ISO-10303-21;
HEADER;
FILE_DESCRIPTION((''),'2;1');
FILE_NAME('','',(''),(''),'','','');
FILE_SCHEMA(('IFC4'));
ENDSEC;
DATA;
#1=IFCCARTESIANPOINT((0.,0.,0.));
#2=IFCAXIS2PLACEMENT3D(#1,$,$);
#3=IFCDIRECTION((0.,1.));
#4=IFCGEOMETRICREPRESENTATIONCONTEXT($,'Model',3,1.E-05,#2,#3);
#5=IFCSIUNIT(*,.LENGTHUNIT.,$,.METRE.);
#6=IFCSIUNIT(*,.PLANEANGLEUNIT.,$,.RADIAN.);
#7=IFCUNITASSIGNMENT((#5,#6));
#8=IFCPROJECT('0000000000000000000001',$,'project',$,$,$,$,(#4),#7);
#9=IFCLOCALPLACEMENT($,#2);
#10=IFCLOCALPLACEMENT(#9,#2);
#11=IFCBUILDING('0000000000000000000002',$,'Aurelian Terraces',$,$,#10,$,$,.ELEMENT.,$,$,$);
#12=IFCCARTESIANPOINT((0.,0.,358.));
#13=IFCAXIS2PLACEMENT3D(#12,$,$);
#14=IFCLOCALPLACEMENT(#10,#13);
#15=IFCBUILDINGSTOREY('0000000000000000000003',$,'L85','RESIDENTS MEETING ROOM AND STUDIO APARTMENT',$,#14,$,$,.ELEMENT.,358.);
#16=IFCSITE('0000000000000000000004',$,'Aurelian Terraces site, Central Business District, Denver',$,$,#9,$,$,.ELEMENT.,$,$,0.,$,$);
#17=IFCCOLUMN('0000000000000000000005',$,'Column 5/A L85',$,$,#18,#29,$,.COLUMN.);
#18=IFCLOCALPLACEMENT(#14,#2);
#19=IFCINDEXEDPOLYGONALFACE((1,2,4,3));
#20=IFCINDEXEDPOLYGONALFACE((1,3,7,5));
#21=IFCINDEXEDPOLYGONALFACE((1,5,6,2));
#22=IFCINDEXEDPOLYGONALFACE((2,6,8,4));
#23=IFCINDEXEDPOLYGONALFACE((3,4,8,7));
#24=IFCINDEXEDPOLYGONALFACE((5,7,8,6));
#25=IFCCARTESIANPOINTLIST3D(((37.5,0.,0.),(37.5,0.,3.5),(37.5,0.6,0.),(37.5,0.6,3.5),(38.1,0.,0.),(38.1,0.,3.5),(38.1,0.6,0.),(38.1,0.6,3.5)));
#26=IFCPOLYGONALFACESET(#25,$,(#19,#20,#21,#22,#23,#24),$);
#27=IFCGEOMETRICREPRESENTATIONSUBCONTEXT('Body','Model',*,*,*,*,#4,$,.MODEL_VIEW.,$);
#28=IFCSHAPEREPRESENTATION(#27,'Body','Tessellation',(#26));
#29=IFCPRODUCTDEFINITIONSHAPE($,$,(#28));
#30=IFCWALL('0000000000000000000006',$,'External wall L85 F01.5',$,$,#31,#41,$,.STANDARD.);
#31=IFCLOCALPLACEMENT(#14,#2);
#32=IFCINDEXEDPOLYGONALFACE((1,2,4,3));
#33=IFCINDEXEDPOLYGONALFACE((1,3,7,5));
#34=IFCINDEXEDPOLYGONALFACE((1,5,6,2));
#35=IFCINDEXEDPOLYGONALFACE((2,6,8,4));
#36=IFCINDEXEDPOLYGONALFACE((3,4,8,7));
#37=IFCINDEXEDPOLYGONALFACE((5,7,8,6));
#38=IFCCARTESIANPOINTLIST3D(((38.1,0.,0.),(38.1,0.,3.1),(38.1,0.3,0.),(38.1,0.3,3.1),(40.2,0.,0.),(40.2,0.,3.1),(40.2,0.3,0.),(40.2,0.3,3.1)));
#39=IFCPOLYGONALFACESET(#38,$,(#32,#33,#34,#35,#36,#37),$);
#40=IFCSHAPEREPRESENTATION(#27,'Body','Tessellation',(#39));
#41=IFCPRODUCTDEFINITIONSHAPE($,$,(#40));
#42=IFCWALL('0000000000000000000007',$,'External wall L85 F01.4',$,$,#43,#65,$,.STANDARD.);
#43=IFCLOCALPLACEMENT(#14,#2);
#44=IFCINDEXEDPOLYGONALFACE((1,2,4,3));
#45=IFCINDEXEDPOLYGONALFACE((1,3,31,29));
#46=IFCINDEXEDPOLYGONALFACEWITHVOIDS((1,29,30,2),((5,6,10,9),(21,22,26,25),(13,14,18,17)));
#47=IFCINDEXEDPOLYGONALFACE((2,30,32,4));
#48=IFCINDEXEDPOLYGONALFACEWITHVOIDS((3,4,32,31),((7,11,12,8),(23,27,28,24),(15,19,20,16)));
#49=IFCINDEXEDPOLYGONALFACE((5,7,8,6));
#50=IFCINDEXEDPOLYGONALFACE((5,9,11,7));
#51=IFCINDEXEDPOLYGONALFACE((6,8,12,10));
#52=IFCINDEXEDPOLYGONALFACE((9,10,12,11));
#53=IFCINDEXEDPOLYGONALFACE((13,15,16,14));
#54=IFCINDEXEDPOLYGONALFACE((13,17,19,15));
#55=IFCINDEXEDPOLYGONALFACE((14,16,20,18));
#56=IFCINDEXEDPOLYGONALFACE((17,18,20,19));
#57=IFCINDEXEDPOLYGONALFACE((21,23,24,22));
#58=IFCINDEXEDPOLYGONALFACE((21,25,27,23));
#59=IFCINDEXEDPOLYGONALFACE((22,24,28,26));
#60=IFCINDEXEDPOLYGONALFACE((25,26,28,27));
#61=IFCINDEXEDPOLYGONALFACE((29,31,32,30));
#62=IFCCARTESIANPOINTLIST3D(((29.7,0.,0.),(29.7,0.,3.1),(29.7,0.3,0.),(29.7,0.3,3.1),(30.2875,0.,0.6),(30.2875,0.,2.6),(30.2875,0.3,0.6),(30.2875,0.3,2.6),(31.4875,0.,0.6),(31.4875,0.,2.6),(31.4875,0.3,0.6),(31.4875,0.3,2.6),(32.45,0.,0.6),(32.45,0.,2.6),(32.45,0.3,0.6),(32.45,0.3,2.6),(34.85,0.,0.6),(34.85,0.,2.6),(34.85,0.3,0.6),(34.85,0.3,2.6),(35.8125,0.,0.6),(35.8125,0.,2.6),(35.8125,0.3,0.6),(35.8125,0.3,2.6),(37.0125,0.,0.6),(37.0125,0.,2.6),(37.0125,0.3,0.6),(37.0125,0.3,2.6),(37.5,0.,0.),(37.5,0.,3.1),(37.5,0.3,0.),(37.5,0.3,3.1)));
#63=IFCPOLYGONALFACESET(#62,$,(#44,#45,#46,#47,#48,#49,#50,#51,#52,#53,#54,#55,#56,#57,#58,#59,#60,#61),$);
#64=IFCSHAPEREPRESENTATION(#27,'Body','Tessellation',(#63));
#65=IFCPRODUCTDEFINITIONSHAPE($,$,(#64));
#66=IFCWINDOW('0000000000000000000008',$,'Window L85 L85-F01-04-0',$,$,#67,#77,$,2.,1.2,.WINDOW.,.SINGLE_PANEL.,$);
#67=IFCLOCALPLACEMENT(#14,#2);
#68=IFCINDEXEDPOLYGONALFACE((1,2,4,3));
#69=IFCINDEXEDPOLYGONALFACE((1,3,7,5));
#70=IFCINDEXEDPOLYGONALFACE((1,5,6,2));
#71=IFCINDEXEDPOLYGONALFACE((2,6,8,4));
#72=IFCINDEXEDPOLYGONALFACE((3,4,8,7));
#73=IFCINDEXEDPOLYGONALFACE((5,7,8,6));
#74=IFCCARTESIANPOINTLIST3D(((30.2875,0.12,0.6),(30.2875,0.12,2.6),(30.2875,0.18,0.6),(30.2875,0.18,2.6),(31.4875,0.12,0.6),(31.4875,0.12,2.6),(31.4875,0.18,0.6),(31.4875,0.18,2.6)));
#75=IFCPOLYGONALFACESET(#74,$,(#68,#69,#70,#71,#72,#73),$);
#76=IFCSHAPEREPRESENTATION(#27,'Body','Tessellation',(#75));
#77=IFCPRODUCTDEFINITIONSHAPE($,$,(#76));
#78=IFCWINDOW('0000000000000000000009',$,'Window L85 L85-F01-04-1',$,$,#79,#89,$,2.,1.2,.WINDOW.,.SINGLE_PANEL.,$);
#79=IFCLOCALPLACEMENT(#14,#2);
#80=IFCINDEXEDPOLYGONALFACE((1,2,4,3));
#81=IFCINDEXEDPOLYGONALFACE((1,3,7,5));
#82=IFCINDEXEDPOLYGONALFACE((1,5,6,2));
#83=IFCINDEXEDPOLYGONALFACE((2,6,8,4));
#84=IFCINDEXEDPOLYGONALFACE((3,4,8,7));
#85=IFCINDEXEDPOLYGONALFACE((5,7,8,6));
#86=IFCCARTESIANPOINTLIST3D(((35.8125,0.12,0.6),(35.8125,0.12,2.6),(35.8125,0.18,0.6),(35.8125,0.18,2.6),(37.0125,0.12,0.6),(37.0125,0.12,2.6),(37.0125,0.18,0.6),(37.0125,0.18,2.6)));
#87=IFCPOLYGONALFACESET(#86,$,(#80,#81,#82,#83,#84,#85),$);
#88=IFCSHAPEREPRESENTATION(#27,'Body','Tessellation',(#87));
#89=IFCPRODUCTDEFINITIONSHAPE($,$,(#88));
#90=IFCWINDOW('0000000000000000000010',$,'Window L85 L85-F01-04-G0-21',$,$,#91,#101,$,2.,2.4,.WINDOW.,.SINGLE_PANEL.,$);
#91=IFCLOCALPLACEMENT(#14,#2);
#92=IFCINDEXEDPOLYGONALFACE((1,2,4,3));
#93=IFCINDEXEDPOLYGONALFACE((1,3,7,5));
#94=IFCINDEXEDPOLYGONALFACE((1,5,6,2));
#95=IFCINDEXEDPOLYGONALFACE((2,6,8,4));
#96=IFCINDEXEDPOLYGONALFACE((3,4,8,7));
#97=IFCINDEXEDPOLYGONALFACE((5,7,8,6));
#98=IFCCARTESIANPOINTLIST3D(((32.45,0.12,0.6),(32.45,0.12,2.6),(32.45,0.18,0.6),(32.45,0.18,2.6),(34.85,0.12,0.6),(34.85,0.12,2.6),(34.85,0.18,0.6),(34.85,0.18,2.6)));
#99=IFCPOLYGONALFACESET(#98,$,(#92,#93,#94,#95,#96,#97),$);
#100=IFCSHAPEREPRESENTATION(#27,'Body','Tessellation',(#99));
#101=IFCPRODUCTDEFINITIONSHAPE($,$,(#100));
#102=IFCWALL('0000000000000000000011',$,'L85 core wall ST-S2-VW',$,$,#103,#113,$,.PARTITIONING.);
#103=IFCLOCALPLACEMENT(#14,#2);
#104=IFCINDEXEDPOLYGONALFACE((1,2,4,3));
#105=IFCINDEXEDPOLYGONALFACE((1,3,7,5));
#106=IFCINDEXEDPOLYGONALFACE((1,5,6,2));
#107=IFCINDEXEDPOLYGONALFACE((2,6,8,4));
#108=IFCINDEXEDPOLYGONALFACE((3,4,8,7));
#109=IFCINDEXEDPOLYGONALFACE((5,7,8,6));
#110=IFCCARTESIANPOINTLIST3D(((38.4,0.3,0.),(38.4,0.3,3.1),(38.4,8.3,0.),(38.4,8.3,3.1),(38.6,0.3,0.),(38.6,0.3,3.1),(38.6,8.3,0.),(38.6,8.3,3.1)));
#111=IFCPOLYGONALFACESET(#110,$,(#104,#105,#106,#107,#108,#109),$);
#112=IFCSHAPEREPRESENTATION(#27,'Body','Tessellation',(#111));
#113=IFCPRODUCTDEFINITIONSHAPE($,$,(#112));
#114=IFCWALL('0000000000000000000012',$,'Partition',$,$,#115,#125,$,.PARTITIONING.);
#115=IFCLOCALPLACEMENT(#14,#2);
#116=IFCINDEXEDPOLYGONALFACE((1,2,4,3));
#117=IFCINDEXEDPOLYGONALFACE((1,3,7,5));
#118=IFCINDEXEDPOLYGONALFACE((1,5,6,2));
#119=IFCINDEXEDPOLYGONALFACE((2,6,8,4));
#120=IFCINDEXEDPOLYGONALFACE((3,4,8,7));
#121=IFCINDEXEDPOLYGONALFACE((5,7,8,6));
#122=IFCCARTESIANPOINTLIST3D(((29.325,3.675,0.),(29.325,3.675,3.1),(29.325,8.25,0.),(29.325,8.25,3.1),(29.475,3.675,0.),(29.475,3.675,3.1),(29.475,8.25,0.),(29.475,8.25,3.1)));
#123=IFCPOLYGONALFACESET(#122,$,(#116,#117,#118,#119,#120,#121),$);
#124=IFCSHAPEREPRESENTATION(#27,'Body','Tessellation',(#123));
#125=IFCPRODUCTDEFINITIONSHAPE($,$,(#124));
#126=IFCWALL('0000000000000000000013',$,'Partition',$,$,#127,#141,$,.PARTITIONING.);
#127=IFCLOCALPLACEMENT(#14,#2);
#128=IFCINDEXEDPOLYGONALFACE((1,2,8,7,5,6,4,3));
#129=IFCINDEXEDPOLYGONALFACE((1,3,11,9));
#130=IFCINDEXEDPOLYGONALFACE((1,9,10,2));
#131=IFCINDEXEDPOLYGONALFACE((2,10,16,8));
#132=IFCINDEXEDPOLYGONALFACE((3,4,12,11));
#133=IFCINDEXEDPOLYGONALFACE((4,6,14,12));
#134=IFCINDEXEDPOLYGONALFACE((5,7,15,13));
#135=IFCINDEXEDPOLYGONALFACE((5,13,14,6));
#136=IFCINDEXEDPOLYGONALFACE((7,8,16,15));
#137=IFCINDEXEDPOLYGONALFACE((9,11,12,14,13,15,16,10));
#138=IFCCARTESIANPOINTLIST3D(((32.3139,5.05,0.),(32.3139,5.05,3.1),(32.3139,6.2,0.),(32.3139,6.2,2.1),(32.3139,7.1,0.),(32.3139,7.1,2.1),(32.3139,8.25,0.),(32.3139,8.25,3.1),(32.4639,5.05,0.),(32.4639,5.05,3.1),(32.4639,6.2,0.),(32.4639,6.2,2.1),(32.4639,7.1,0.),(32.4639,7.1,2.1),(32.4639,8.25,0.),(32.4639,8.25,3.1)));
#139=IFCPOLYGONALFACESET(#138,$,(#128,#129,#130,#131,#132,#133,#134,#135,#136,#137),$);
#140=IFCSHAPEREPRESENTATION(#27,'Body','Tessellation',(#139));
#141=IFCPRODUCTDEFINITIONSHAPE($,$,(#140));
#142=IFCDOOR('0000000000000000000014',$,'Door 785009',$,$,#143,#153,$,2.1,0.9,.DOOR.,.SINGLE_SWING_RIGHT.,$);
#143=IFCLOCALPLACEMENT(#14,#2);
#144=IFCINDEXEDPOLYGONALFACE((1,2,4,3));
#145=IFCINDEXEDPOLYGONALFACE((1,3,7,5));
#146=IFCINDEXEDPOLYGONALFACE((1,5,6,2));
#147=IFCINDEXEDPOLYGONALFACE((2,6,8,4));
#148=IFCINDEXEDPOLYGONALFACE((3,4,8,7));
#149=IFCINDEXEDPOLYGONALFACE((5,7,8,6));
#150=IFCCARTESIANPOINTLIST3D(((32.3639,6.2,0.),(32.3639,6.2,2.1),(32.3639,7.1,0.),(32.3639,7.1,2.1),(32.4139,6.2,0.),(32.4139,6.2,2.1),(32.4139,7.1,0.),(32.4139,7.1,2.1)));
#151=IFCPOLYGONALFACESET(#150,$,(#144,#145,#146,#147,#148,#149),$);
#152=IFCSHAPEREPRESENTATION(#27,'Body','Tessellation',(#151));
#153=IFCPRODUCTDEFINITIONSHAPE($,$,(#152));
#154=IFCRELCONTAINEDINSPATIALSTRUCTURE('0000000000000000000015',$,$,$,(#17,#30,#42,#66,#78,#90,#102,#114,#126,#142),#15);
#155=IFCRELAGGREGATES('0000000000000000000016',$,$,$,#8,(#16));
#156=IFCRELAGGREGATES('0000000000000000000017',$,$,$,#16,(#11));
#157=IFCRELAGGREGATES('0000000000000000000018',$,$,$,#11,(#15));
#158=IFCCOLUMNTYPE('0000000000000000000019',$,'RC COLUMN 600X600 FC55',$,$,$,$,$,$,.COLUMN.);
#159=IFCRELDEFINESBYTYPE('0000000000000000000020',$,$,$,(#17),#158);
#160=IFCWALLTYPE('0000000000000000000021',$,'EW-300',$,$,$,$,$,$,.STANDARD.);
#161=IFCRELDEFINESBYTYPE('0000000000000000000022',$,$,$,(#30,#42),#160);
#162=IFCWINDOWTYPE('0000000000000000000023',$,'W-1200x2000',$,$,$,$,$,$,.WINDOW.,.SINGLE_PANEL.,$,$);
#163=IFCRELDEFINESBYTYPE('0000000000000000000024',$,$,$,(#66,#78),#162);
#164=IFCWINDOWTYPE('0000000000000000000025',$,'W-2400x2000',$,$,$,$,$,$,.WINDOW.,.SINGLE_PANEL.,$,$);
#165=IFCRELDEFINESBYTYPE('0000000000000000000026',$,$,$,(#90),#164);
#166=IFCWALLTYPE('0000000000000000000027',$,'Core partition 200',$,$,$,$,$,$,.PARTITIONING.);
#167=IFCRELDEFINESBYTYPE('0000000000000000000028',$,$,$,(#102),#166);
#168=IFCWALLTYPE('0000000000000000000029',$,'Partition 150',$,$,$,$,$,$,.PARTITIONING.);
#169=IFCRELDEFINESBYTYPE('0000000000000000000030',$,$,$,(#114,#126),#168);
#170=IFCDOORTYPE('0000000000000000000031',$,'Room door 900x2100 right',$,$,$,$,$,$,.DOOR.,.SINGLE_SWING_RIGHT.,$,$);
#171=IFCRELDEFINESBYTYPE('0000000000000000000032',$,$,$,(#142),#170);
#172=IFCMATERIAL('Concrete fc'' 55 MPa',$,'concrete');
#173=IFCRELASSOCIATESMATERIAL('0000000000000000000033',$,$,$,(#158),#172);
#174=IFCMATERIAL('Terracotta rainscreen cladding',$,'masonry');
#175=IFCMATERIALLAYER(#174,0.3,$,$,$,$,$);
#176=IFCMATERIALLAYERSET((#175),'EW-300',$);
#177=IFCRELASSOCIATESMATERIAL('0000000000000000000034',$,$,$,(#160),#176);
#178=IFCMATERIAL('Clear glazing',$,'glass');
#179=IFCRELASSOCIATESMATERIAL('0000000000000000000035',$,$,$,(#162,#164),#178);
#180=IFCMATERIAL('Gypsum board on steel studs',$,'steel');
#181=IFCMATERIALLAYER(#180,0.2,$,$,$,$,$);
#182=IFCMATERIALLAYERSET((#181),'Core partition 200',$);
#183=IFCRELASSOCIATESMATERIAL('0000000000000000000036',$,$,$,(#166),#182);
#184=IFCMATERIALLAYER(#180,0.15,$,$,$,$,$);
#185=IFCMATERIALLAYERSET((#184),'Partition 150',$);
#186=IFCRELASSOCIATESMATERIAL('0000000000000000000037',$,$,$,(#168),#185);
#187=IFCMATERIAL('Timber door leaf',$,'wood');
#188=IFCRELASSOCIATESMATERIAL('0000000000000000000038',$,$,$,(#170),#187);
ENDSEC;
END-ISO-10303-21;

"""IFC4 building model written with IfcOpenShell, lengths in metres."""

from ifc_helpers import new_model, si_unit, direction, frame, frame_2d, origin, origin_2d, place, context, subcontext, project, spatial, rectangle, extrude, source, transform, mapped, material, layer, layer_set, material_profile, profile_set, type_object, element, fill, save


model = new_model("IFC4")

# Units and contexts
model_context = context("Model", 3, precision=1e-05, world=origin(), true_north=direction((0.0, 1.0)))
body_context = subcontext(model_context, "Body", "Model", "MODEL_VIEW")
ifc_project = project(units=[si_unit("LENGTHUNIT", "METRE"), si_unit("PLANEANGLEUNIT", "RADIAN")], contexts=[model_context])

# Site, building, storey
site_placement = place(None, origin())
site = spatial("IfcSite", under=ifc_project, at=site_placement, Name="Aurelian Terraces site, Central Business District, Denver", CompositionType="ELEMENT", RefElevation=0.0)
building_placement = place(site_placement, origin())
building = spatial("IfcBuilding", under=site, at=building_placement, Name="Aurelian Terraces", CompositionType="ELEMENT")
storey_placement = place(building_placement, frame((0.0, 0.0, 358.0)))
storey = spatial("IfcBuildingStorey", under=building, at=storey_placement, Name="L85", Description="RESIDENTS MEETING ROOM AND STUDIO APARTMENT", CompositionType="ELEMENT", Elevation=358.0)

# Column
ifc_material_1 = material(Name="Concrete fc' 55 MPa", Category="concrete")
ifc_material_profile = material_profile(ifc_material_1, rectangle(XDim=0.6, YDim=0.6, at=origin_2d()))
ifc_profile_set = profile_set([ifc_material_profile], Name="Concrete fc' 55 MPa")
column_type = type_object("IfcColumnType", Name="RC COLUMN 600X600 FC55", PredefinedType="COLUMN", material=ifc_profile_set)
shared_shape_1 = source(origin(), body_context, "Body", "SweptSolid", [
    extrude(rectangle(XDim=0.6, YDim=0.6, at=origin_2d()), origin(), (0.0, 0.0, 1.0), 3.5),
])
column_placement = place(storey_placement, frame((37.8, 0.3, 0.0), z_axis=(0.0, 0.0, 1.0), x_axis=(1.0, 0.0, 0.0)))
element("IfcColumn", 1, at=column_placement, inside=storey, type_object=column_type, Name="Column 5/A L85", PredefinedType="COLUMN", context=body_context, shape_type="MappedRepresentation", body=[
    mapped(shared_shape_1, transform((0.0, 0.0, 0.0), scale=1.0)),
])

# Wall
ifc_material_2 = material(Name="Terracotta rainscreen cladding", Category="masonry")
ifc_layer_1 = layer(ifc_material_2, 0.3)
ifc_layer_set_1 = layer_set([ifc_layer_1], Name="EW-300")
wall_type_1 = type_object("IfcWallType", Name="EW-300", PredefinedType="STANDARD", material=ifc_layer_set_1)
shared_shape_2 = source(origin(), body_context, "Body", "SweptSolid", [
    extrude(rectangle(XDim=2.1, YDim=0.3, at=frame_2d((1.05, 0.0))), origin(), (0.0, 0.0, 1.0), 3.1),
])
wall_1_placement = place(storey_placement, frame((38.1, 0.15, 0.0), z_axis=(0.0, 0.0, 1.0), x_axis=(1.0, 0.0, 0.0)))
element("IfcWall", 2, at=wall_1_placement, inside=storey, type_object=wall_type_1, Name="External wall L85 F01.5", PredefinedType="STANDARD", context=body_context, shape_type="MappedRepresentation", body=[
    mapped(shared_shape_2, transform((0.0, 0.0, 0.0), scale=1.0)),
])

# Wall, openings, windows
shared_shape_3 = source(origin(), body_context, "Body", "SweptSolid", [
    extrude(rectangle(XDim=7.8, YDim=0.3, at=frame_2d((3.9, 0.0))), origin(), (0.0, 0.0, 1.0), 3.1),
])
wall_2_placement = place(storey_placement, frame((29.7, 0.15, 0.0), z_axis=(0.0, 0.0, 1.0), x_axis=(1.0, 0.0, 0.0)))
wall_2 = element("IfcWall", 3, at=wall_2_placement, inside=storey, type_object=wall_type_1, Name="External wall L85 F01.4", PredefinedType="STANDARD", context=body_context, shape_type="MappedRepresentation", body=[
    mapped(shared_shape_3, transform((0.0, 0.0, 0.0), scale=1.0)),
])
shared_shape_4 = source(origin(), body_context, "Body", "SweptSolid", [
    extrude(rectangle(XDim=1.2, YDim=2.0, at=frame_2d((0.6, 1.0))), frame((0.0, 0.16, 0.0), z_axis=(0.0, -1.0, 0.0), x_axis=(1.0, 0.0, 0.0)), (0.0, 0.0, 1.0), 0.32),
])
opening_1_placement = place(wall_2_placement, frame((0.5875, 0.0, 0.6)))
opening_1 = element("IfcOpeningElement", 4, at=opening_1_placement, cuts=wall_2, PredefinedType="OPENING", context=body_context, shape_type="MappedRepresentation", body=[
    mapped(shared_shape_4, transform((0.0, 0.0, 0.0), scale=1.0)),
])
opening_2_placement = place(wall_2_placement, frame((6.1125, 0.0, 0.6)))
opening_2 = element("IfcOpeningElement", 5, at=opening_2_placement, cuts=wall_2, PredefinedType="OPENING", context=body_context, shape_type="MappedRepresentation", body=[
    mapped(shared_shape_4, transform((0.0, 0.0, 0.0), scale=1.0)),
])
shared_shape_5 = source(origin(), body_context, "Body", "SweptSolid", [
    extrude(rectangle(XDim=2.4, YDim=2.0, at=frame_2d((1.2, 1.0))), frame((0.0, 0.16, 0.0), z_axis=(0.0, -1.0, 0.0), x_axis=(1.0, 0.0, 0.0)), (0.0, 0.0, 1.0), 0.32),
])
opening_3_placement = place(wall_2_placement, frame((2.75, 0.0, 0.6)))
opening_3 = element("IfcOpeningElement", 6, at=opening_3_placement, cuts=wall_2, PredefinedType="OPENING", context=body_context, shape_type="MappedRepresentation", body=[
    mapped(shared_shape_5, transform((0.0, 0.0, 0.0), scale=1.0)),
])
ifc_material_3 = material(Name="Clear glazing", Category="glass")
window_type_1 = type_object("IfcWindowType", Name="W-1200x2000", PartitioningType="SINGLE_PANEL", PredefinedType="WINDOW", material=ifc_material_3)
shared_shape_6 = source(origin(), body_context, "Body", "SweptSolid", [
    extrude(rectangle(XDim=1.2, YDim=2.0, at=frame_2d((0.6, 1.0))), frame((0.0, 0.03, 0.0), z_axis=(0.0, -1.0, 0.0), x_axis=(1.0, 0.0, 0.0)), (0.0, 0.0, 1.0), 0.06),
])
window_1_placement = place(opening_1_placement, origin())
window_1 = element("IfcWindow", 7, at=window_1_placement, inside=storey, type_object=window_type_1, Name="Window L85 L85-F01-04-0", OverallHeight=2.0, OverallWidth=1.2, PartitioningType="SINGLE_PANEL", PredefinedType="WINDOW", context=body_context, shape_type="MappedRepresentation", body=[
    mapped(shared_shape_6, transform((0.0, 0.0, 0.0), scale=1.0)),
])
fill(opening_1, window_1)
window_2_placement = place(opening_2_placement, origin())
window_2 = element("IfcWindow", 8, at=window_2_placement, inside=storey, type_object=window_type_1, Name="Window L85 L85-F01-04-1", OverallHeight=2.0, OverallWidth=1.2, PartitioningType="SINGLE_PANEL", PredefinedType="WINDOW", context=body_context, shape_type="MappedRepresentation", body=[
    mapped(shared_shape_6, transform((0.0, 0.0, 0.0), scale=1.0)),
])
fill(opening_2, window_2)
window_type_2 = type_object("IfcWindowType", Name="W-2400x2000", PartitioningType="SINGLE_PANEL", PredefinedType="WINDOW", material=ifc_material_3)
shared_shape_7 = source(origin(), body_context, "Body", "SweptSolid", [
    extrude(rectangle(XDim=2.4, YDim=2.0, at=frame_2d((1.2, 1.0))), frame((0.0, 0.03, 0.0), z_axis=(0.0, -1.0, 0.0), x_axis=(1.0, 0.0, 0.0)), (0.0, 0.0, 1.0), 0.06),
])
window_3_placement = place(opening_3_placement, origin())
window_3 = element("IfcWindow", 9, at=window_3_placement, inside=storey, type_object=window_type_2, Name="Window L85 L85-F01-04-G0-21", OverallHeight=2.0, OverallWidth=2.4, PartitioningType="SINGLE_PANEL", PredefinedType="WINDOW", context=body_context, shape_type="MappedRepresentation", body=[
    mapped(shared_shape_7, transform((0.0, 0.0, 0.0), scale=1.0)),
])
fill(opening_3, window_3)

# Walls
ifc_material_4 = material(Name="Gypsum board on steel studs", Category="steel")
ifc_layer_2 = layer(ifc_material_4, 0.2)
ifc_layer_set_2 = layer_set([ifc_layer_2], Name="Core partition 200")
wall_type_2 = type_object("IfcWallType", Name="Core partition 200", PredefinedType="PARTITIONING", material=ifc_layer_set_2)
shared_shape_8 = source(origin(), body_context, "Body", "SweptSolid", [
    extrude(rectangle(XDim=8.0, YDim=0.2, at=frame_2d((4.0, 0.0))), origin(), (0.0, 0.0, 1.0), 3.1),
])
wall_3_placement = place(storey_placement, frame((38.5, 0.3, 0.0), z_axis=(0.0, 0.0, 1.0), x_axis=(0.0, 1.0, 0.0)))
element("IfcWall", 10, at=wall_3_placement, inside=storey, type_object=wall_type_2, Name="L85 core wall ST-S2-VW", PredefinedType="PARTITIONING", context=body_context, shape_type="MappedRepresentation", body=[
    mapped(shared_shape_8, transform((0.0, 0.0, 0.0), scale=1.0)),
])
ifc_layer_3 = layer(ifc_material_4, 0.15)
ifc_layer_set_3 = layer_set([ifc_layer_3], Name="Partition 150")
wall_type_3 = type_object("IfcWallType", Name="Partition 150", PredefinedType="PARTITIONING", material=ifc_layer_set_3)
shared_shape_9 = source(origin(), body_context, "Body", "SweptSolid", [
    extrude(rectangle(XDim=4.575, YDim=0.15, at=frame_2d((2.2875, 0.0))), origin(), (0.0, 0.0, 1.0), 3.1),
])
wall_4_placement = place(storey_placement, frame((29.4, 3.675, 0.0), z_axis=(0.0, 0.0, 1.0), x_axis=(0.0, 1.0, 0.0)))
element("IfcWall", 11, at=wall_4_placement, inside=storey, type_object=wall_type_3, Name="Partition", PredefinedType="PARTITIONING", context=body_context, shape_type="MappedRepresentation", body=[
    mapped(shared_shape_9, transform((0.0, 0.0, 0.0), scale=1.0)),
])

# Wall, opening, door
shared_shape_10 = source(origin(), body_context, "Body", "SweptSolid", [
    extrude(rectangle(XDim=3.2, YDim=0.15, at=frame_2d((1.6, 0.0))), origin(), (0.0, 0.0, 1.0), 3.1),
])
wall_5_placement = place(storey_placement, frame((32.3889, 5.05, 0.0), z_axis=(0.0, 0.0, 1.0), x_axis=(0.0, 1.0, 0.0)))
wall_5 = element("IfcWall", 12, at=wall_5_placement, inside=storey, type_object=wall_type_3, Name="Partition", PredefinedType="PARTITIONING", context=body_context, shape_type="MappedRepresentation", body=[
    mapped(shared_shape_10, transform((0.0, 0.0, 0.0), scale=1.0)),
])
shared_shape_11 = source(origin(), body_context, "Body", "SweptSolid", [
    extrude(rectangle(XDim=0.9, YDim=2.1, at=frame_2d((0.45, 1.05))), frame((0.0, 0.085, 0.0), z_axis=(0.0, -1.0, 0.0), x_axis=(1.0, 0.0, 0.0)), (0.0, 0.0, 1.0), 0.17),
])
opening_4_placement = place(wall_5_placement, frame((1.15, 0.0, 0.0)))
opening_4 = element("IfcOpeningElement", 13, at=opening_4_placement, cuts=wall_5, PredefinedType="OPENING", context=body_context, shape_type="MappedRepresentation", body=[
    mapped(shared_shape_11, transform((0.0, 0.0, 0.0), scale=1.0)),
])
ifc_material_5 = material(Name="Timber door leaf", Category="wood")
door_type_1 = type_object("IfcDoorType", Name="Room door 900x2100 right", OperationType="SINGLE_SWING_RIGHT", PredefinedType="DOOR", material=ifc_material_5)
shared_shape_12 = source(origin(), body_context, "Body", "SweptSolid", [
    extrude(rectangle(XDim=0.9, YDim=2.1, at=frame_2d((0.45, 1.05))), frame((0.0, 0.025, 0.0), z_axis=(0.0, -1.0, 0.0), x_axis=(1.0, 0.0, 0.0)), (0.0, 0.0, 1.0), 0.05),
])
door_1_placement = place(opening_4_placement, origin())
door_1 = element("IfcDoor", 14, at=door_1_placement, inside=storey, type_object=door_type_1, Name="Door 785009", OperationType="SINGLE_SWING_RIGHT", OverallHeight=2.1, OverallWidth=0.9, PredefinedType="DOOR", context=body_context, shape_type="MappedRepresentation", body=[
    mapped(shared_shape_12, transform((0.0, 0.0, 0.0), scale=1.0)),
])
fill(opening_4, door_1)

save(model, "model.ifc")
